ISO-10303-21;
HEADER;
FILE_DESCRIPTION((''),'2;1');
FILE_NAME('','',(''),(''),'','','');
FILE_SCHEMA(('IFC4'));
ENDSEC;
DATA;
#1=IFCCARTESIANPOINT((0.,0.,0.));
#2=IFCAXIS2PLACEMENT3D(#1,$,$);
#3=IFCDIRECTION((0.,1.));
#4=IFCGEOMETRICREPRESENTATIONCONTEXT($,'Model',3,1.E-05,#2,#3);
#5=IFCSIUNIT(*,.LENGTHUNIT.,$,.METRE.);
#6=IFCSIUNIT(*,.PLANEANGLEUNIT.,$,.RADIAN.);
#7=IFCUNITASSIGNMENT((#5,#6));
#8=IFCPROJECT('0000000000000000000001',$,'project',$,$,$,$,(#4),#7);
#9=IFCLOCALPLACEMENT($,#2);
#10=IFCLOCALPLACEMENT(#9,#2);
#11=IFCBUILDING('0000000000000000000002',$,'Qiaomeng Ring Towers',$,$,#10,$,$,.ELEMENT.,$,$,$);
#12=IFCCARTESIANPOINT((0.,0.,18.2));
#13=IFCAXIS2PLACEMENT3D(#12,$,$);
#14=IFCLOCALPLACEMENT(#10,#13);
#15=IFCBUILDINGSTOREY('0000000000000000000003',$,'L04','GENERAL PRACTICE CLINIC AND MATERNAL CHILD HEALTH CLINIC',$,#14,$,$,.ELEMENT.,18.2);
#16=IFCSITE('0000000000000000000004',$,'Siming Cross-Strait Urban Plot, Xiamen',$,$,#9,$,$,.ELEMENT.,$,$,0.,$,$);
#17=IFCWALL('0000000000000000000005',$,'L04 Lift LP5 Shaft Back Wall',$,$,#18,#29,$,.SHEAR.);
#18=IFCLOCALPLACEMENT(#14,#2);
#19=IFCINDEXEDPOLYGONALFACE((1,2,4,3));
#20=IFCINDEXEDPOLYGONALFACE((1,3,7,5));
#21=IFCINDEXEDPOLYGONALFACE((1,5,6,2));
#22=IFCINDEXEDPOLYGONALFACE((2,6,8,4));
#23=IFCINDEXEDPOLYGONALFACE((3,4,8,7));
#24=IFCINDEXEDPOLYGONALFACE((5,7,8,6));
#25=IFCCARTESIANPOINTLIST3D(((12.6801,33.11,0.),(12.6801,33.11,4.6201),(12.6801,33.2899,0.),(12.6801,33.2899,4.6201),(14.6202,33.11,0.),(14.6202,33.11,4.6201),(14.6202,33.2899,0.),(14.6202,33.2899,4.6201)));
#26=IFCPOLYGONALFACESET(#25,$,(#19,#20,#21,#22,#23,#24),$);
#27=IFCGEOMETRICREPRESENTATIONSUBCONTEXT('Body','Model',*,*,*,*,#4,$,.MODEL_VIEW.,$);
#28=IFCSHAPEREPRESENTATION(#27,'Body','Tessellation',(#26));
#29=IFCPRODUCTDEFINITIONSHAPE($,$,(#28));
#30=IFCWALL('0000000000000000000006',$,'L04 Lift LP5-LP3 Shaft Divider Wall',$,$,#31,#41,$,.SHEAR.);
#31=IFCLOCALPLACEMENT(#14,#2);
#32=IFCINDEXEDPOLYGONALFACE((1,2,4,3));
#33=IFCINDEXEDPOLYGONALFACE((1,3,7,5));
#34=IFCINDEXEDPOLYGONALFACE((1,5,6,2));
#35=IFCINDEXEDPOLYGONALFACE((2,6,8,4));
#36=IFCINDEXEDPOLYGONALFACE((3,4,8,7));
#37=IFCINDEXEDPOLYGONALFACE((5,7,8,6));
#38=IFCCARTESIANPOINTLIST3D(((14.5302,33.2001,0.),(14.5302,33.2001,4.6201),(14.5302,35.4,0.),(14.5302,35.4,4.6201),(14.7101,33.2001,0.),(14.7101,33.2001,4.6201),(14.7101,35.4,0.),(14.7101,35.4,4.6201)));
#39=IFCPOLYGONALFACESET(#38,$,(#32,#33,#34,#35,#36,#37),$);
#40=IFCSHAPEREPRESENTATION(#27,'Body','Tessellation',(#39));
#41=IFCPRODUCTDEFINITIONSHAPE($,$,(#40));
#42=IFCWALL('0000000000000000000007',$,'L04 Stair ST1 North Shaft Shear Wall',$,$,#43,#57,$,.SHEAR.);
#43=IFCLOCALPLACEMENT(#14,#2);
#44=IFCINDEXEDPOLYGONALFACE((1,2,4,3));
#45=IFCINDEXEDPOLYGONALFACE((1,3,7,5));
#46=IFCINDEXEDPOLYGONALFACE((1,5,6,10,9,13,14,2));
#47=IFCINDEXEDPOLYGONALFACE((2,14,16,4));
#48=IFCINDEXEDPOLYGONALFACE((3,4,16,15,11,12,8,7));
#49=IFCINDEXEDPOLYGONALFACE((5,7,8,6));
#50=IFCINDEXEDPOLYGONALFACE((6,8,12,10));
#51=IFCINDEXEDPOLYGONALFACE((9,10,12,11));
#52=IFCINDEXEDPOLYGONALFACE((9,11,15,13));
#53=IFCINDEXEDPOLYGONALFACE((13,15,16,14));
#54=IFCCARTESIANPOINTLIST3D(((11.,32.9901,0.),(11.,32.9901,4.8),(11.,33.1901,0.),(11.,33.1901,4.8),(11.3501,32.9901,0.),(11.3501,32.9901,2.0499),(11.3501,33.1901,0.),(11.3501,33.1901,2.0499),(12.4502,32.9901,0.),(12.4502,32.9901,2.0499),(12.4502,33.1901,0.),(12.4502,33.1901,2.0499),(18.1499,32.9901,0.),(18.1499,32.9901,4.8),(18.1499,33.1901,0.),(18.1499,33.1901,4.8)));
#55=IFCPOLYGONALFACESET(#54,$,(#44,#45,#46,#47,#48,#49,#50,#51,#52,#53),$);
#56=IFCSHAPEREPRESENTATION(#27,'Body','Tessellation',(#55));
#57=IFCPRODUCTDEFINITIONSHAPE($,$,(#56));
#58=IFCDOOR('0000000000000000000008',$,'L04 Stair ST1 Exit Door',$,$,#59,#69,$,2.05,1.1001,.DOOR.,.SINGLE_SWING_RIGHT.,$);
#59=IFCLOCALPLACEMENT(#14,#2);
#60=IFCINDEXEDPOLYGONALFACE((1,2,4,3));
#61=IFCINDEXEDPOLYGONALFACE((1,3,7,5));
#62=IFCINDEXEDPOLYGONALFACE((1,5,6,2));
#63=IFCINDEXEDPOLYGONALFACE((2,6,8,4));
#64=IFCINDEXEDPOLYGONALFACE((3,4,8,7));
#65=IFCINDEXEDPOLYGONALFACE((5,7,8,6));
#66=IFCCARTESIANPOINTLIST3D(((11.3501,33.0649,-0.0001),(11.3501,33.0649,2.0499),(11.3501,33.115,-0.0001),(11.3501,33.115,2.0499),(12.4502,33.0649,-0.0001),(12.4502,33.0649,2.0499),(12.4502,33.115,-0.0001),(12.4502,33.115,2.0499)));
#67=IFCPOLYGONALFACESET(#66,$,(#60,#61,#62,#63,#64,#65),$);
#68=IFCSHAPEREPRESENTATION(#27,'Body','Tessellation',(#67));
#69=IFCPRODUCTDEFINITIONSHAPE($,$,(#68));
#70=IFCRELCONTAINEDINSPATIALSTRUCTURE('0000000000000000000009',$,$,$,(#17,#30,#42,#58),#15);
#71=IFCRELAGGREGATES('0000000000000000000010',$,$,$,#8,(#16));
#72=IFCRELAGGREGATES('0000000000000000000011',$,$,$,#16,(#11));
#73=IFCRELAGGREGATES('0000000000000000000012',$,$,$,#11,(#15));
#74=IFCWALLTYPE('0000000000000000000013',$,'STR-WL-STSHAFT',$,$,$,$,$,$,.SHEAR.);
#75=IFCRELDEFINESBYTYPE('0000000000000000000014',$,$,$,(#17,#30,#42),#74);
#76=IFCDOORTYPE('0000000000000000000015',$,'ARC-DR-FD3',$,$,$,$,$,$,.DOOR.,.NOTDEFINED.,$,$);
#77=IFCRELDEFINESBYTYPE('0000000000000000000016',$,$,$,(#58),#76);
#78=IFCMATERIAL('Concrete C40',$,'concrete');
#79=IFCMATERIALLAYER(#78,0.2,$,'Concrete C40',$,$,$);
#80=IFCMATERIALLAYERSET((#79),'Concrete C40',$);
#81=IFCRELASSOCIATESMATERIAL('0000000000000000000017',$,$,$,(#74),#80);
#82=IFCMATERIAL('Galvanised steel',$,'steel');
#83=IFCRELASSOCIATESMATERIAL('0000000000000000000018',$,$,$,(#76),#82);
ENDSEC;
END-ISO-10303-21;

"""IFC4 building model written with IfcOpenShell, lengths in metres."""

from ifc_helpers import new_model, si_unit, direction, frame, frame_2d, origin, place, context, subcontext, project, spatial, rectangle, extrude, source, transform, mapped, material, layer, layer_set, type_object, element, fill, save


model = new_model("IFC4")

# Units and contexts
model_context = context("Model", 3, precision=1e-05, world=origin(), true_north=direction((0.0, 1.0)))
body_context = subcontext(model_context, "Body", "Model", "MODEL_VIEW")
ifc_project = project(units=[si_unit("LENGTHUNIT", "METRE"), si_unit("PLANEANGLEUNIT", "RADIAN")], contexts=[model_context])

# Site, building, storey
site_placement = place(None, origin())
site = spatial("IfcSite", under=ifc_project, at=site_placement, Name="Siming Cross-Strait Urban Plot, Xiamen", CompositionType="ELEMENT", RefElevation=0.0)
building_placement = place(site_placement, origin())
building = spatial("IfcBuilding", under=site, at=building_placement, Name="Qiaomeng Ring Towers", CompositionType="ELEMENT")
storey_placement = place(building_placement, frame((0.0, 0.0, 18.2)))
storey = spatial("IfcBuildingStorey", under=building, at=storey_placement, Name="L04", Description="GENERAL PRACTICE CLINIC AND MATERNAL CHILD HEALTH CLINIC", CompositionType="ELEMENT", Elevation=18.2)

# Walls
ifc_material_1 = material(Name="Concrete C40", Category="concrete")
ifc_layer_1 = layer(ifc_material_1, 0.2, Name="Concrete C40")
ifc_layer_set_1 = layer_set([ifc_layer_1], Name="Concrete C40")
wall_type_1 = type_object("IfcWallType", Name="STR-WL-STSHAFT", PredefinedType="SHEAR", material=ifc_layer_set_1)
wall_1_placement = place(storey_placement, frame((12.6799, 33.2, 0.0), z_axis=(0.0, 0.0, 1.0), x_axis=(1.0, 0.0, 0.0)))
element("IfcWall", 1, at=wall_1_placement, inside=storey, type_object=wall_type_1, Name="L04 Lift LP5 Shaft Back Wall", PredefinedType="SHEAR", context=body_context, shape_type="SweptSolid", body=[
    extrude(rectangle(XDim=1.9402, YDim=0.1799, at=frame_2d((0.9702, 0.0))), origin(), (0.0, 0.0, 1.0), 4.6201),
])
wall_2_placement = place(storey_placement, frame((14.6201, 33.2, 0.0), z_axis=(0.0, 0.0, 1.0), x_axis=(0.0, 1.0, 0.0)))
element("IfcWall", 2, at=wall_2_placement, inside=storey, type_object=wall_type_1, Name="L04 Lift LP5-LP3 Shaft Divider Wall", PredefinedType="SHEAR", context=body_context, shape_type="SweptSolid", body=[
    extrude(rectangle(XDim=2.2, YDim=0.1799, at=frame_2d((1.1001, 0.0))), origin(), (0.0, 0.0, 1.0), 4.6201),
])

# Wall, opening, door
wall_3_placement = place(storey_placement, frame((11.0, 33.0901, 0.0), z_axis=(0.0, 0.0, 1.0), x_axis=(1.0, 0.0, 0.0)))
wall_3 = element("IfcWall", 3, at=wall_3_placement, inside=storey, type_object=wall_type_1, Name="L04 Stair ST1 North Shaft Shear Wall", PredefinedType="SHEAR", context=body_context, shape_type="SweptSolid", body=[
    extrude(rectangle(XDim=7.1499, YDim=0.2, at=frame_2d((3.575, 0.0))), origin(), (0.0, 0.0, 1.0), 4.8),
])
opening_1_placement = place(wall_3_placement, frame((0.3501, 0.0, 0.0)))
opening_1 = element("IfcOpeningElement", 4, at=opening_1_placement, cuts=wall_3, PredefinedType="OPENING", context=body_context, shape_type="SweptSolid", body=[
    extrude(rectangle(XDim=1.1001, YDim=2.05, at=frame_2d((0.55, 1.0249))), frame((0.0, 0.1099, 0.0), z_axis=(0.0, -1.0, 0.0), x_axis=(1.0, 0.0, 0.0)), (0.0, 0.0, 1.0), 0.22),
])
ifc_material_2 = material(Name="Galvanised steel", Category="steel")
door_type_1 = type_object("IfcDoorType", Name="ARC-DR-FD3", OperationType="NOTDEFINED", PredefinedType="DOOR", material=ifc_material_2)
shared_shape_1 = source(origin(), body_context, "Body", "SweptSolid", [
    extrude(rectangle(XDim=1.1001, YDim=2.05, at=frame_2d((0.55, 1.0249))), frame((0.0, 0.0249, 0.0), z_axis=(0.0, -1.0, 0.0), x_axis=(1.0, 0.0, 0.0)), (0.0, 0.0, 1.0), 0.05),
])
door_1_placement = place(opening_1_placement, origin())
door_1 = element("IfcDoor", 5, at=door_1_placement, inside=storey, type_object=door_type_1, Name="L04 Stair ST1 Exit Door", OperationType="SINGLE_SWING_RIGHT", OverallHeight=2.05, OverallWidth=1.1001, PredefinedType="DOOR", context=body_context, shape_type="MappedRepresentation", body=[
    mapped(shared_shape_1, transform((0.0, 0.0, 0.0), x_axis=(1.0, 0.0, 0.0), y_axis=(0.0, 1.0, 0.0), z_axis=(0.0, 0.0, 1.0), scale=1.0)),
])
fill(opening_1, door_1)

save(model, "model.ifc")
